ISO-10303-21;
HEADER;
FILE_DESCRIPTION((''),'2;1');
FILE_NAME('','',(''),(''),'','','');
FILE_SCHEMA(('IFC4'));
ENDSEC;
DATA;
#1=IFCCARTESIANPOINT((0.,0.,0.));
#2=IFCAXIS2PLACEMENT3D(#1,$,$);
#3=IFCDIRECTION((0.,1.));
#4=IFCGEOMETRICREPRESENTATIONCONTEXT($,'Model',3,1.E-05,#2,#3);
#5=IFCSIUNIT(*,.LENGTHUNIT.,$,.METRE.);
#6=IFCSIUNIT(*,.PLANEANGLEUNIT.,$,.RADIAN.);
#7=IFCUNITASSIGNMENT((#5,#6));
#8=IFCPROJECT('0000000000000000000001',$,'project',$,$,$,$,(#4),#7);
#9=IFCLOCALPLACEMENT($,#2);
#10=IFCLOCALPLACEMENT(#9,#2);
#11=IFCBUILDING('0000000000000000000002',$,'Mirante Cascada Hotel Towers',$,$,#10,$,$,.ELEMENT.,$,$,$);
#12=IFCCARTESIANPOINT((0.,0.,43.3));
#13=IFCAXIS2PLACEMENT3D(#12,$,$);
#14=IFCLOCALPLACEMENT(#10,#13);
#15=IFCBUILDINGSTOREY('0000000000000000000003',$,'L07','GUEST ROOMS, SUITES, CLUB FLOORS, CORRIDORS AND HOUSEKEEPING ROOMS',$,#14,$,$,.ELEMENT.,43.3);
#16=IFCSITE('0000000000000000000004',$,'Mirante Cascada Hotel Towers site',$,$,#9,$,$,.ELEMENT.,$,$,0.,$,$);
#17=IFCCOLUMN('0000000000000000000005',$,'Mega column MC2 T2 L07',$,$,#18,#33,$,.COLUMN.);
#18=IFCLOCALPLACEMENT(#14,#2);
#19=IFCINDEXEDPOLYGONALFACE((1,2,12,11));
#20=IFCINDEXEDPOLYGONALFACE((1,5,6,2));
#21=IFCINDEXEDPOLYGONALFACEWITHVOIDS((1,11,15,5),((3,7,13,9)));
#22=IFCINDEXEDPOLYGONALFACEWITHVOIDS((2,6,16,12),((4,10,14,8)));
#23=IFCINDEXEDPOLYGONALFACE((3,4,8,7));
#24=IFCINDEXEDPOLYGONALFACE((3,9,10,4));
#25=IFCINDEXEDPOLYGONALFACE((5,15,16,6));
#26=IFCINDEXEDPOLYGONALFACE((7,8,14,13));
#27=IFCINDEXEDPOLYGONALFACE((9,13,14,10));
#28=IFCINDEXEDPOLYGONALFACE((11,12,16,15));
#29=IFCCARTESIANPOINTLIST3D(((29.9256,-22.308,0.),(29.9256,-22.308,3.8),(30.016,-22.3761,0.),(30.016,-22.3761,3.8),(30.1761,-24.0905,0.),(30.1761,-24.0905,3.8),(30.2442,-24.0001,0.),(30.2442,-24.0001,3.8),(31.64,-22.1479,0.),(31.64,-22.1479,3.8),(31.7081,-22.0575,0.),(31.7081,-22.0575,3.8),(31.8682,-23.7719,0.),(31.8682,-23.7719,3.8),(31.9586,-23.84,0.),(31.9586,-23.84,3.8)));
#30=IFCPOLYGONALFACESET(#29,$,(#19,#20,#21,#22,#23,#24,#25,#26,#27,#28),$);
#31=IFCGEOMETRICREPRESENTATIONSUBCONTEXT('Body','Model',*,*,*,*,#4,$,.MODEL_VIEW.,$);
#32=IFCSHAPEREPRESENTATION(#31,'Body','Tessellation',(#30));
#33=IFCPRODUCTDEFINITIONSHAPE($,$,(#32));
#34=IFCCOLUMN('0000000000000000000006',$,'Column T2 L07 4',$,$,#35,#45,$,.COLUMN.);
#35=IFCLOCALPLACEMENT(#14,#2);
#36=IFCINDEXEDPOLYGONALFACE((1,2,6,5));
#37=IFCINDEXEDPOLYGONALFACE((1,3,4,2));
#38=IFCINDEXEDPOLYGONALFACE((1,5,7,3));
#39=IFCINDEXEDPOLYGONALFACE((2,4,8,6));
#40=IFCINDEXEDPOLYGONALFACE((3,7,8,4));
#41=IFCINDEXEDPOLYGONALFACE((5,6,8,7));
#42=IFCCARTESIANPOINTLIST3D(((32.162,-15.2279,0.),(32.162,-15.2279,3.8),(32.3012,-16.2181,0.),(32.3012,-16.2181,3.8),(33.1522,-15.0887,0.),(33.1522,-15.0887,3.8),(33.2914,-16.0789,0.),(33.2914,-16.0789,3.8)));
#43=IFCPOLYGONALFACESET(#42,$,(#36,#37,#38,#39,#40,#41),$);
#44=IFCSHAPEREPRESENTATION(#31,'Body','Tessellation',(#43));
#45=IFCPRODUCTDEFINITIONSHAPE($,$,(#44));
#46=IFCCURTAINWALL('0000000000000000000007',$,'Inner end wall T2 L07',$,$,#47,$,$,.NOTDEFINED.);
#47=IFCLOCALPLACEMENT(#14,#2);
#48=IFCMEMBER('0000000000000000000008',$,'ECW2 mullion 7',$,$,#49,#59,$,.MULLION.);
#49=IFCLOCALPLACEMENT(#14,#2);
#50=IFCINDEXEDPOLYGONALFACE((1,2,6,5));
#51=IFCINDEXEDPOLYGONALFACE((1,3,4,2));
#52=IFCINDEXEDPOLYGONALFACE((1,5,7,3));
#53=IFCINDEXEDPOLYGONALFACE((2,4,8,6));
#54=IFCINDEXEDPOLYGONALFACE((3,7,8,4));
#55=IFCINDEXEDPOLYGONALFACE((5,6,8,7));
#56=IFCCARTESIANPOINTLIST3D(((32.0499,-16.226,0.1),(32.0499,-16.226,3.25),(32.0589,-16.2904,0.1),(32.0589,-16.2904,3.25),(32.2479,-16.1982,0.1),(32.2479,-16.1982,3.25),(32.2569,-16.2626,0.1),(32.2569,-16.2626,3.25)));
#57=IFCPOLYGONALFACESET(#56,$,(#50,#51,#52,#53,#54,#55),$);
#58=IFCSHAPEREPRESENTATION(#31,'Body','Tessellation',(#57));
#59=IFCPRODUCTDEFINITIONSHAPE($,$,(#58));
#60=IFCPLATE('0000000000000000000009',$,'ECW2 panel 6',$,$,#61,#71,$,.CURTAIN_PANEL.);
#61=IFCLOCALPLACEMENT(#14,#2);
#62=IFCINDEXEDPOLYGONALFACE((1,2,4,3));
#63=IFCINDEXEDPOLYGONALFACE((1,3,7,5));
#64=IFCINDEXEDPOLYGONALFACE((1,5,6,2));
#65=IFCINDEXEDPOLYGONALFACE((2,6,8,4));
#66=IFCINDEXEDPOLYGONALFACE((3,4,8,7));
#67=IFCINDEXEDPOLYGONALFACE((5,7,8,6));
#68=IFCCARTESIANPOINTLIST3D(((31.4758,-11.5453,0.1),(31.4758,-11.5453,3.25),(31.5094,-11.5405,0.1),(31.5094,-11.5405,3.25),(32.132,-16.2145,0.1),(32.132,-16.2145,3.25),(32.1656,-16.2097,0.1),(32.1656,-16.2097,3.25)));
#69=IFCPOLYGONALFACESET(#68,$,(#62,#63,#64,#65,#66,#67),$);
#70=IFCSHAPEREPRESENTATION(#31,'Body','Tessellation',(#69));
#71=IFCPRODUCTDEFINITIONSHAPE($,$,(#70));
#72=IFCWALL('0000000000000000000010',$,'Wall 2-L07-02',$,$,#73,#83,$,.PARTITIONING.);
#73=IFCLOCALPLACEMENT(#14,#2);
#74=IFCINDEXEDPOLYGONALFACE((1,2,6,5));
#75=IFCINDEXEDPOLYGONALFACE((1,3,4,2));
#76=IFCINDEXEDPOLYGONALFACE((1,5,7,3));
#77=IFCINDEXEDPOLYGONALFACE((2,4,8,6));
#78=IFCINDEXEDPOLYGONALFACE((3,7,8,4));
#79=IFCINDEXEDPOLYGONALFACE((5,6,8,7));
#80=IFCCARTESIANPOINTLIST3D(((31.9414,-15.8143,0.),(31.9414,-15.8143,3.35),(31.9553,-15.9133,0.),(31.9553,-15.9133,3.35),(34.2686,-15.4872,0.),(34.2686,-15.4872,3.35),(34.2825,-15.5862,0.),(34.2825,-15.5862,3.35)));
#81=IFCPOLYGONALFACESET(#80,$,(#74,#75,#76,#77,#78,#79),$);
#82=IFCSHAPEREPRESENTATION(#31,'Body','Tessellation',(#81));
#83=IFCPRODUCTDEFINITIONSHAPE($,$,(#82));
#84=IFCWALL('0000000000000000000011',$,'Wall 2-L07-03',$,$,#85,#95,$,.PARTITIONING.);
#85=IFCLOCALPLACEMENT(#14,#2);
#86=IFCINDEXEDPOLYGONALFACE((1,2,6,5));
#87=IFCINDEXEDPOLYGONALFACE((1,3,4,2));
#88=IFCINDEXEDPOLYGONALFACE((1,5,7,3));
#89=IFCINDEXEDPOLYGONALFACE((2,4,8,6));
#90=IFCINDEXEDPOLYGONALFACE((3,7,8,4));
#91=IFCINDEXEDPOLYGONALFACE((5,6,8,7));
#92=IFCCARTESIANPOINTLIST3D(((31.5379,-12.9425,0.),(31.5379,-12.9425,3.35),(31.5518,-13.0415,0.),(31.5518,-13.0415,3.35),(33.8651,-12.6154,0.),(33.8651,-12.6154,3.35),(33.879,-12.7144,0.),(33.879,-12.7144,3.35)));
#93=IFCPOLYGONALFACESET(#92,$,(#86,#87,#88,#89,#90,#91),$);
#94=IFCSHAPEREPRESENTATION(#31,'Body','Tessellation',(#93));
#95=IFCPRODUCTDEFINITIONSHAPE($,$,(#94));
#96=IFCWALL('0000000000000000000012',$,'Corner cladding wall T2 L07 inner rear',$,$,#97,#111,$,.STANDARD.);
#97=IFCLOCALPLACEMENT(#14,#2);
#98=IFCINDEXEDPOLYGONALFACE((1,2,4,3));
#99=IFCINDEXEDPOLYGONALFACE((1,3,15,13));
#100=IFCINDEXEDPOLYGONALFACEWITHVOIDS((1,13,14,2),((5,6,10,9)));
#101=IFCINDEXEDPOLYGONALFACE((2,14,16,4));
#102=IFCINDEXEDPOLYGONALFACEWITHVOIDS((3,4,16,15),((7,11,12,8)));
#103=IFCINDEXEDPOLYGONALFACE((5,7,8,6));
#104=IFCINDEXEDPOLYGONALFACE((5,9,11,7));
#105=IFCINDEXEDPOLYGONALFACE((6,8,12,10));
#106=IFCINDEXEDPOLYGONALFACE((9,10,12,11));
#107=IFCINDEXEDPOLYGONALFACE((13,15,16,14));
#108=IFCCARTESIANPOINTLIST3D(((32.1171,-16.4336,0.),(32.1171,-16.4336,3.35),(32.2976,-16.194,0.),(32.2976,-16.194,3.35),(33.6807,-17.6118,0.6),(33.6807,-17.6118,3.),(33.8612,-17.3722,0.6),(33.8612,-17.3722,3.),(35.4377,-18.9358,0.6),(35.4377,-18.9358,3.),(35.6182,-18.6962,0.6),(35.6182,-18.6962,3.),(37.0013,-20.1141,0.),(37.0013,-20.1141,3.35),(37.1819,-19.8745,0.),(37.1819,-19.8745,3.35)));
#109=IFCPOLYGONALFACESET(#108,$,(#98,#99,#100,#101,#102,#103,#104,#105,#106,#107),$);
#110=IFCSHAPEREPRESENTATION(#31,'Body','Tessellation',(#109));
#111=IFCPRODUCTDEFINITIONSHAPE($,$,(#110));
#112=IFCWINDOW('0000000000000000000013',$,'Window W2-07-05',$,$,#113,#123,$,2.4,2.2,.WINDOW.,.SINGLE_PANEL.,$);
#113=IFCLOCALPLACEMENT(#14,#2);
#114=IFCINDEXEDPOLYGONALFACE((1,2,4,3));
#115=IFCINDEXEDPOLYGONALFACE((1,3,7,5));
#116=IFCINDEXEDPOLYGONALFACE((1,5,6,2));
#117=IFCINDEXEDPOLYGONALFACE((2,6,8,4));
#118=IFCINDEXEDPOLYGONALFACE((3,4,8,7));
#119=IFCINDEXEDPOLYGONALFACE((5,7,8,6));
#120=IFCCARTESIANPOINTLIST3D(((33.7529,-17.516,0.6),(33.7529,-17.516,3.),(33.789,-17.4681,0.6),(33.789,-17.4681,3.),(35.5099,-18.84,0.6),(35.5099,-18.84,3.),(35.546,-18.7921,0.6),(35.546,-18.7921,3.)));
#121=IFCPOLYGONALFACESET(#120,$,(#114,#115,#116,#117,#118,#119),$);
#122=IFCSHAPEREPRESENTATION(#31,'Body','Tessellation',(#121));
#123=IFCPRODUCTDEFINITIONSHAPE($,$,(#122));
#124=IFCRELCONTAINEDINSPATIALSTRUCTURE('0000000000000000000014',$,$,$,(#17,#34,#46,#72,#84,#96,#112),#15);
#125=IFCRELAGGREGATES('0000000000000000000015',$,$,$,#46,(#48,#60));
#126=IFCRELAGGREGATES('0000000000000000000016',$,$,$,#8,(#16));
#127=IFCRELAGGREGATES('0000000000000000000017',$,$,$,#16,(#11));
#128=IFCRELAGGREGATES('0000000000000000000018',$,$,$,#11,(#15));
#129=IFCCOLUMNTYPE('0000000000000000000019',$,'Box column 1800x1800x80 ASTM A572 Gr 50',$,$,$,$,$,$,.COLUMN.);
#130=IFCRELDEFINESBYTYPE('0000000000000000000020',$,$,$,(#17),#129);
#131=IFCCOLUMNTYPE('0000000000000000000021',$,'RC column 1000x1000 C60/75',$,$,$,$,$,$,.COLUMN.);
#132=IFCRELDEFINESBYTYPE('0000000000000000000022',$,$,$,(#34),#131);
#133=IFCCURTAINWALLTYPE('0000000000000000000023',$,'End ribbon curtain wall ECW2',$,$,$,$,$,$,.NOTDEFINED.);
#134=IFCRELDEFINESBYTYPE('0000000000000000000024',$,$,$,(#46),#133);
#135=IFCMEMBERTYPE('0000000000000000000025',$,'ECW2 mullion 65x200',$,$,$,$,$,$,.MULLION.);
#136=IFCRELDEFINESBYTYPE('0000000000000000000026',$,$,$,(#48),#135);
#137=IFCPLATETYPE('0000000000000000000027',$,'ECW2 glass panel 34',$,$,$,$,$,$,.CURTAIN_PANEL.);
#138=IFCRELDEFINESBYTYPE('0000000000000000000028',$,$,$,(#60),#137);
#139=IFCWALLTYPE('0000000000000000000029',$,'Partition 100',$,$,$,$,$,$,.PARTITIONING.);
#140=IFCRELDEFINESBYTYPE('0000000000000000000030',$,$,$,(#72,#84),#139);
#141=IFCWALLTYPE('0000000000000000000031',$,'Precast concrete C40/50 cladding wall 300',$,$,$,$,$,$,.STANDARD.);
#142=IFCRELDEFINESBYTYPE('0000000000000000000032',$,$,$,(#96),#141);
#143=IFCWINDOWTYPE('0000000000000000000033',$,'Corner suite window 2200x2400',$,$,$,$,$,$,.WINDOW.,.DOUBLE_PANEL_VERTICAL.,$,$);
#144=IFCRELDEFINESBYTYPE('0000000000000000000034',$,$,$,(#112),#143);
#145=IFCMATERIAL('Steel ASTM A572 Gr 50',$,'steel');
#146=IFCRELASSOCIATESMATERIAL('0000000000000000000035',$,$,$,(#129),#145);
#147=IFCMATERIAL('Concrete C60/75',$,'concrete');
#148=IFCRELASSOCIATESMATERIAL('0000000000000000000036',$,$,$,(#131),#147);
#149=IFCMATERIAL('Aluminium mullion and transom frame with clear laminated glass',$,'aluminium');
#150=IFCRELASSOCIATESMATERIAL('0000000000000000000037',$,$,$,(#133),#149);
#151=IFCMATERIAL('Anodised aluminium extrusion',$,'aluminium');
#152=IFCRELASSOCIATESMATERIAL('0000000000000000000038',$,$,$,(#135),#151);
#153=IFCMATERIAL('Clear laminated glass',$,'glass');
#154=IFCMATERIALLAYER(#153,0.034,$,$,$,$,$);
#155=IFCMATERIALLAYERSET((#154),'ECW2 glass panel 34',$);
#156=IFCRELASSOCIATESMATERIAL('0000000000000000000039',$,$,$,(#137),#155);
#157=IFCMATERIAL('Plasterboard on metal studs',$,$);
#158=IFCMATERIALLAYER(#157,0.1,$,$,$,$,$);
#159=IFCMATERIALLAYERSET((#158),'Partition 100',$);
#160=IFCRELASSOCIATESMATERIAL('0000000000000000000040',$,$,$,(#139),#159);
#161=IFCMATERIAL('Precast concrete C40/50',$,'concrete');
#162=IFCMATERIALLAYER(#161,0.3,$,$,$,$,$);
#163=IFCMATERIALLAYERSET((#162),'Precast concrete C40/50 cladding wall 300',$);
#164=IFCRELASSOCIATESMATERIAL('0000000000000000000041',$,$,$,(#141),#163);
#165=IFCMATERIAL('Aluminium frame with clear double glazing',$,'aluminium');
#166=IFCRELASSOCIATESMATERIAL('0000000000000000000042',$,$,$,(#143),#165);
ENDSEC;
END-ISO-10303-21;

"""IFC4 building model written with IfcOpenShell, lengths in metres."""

from ifc_helpers import new_model, si_unit, direction, frame, frame_2d, origin, origin_2d, place, context, subcontext, project, spatial, rectangle, hollow_rectangle, extrude, material, layer, layer_set, material_profile, profile_set, type_object, element, fill, aggregate, save


model = new_model("IFC4")

# Units and contexts
model_context = context("Model", 3, precision=1e-05, world=origin(), true_north=direction((0.0, 1.0)))
body_context = subcontext(model_context, "Body", "Model", "MODEL_VIEW")
ifc_project = project(units=[si_unit("LENGTHUNIT", "METRE"), si_unit("PLANEANGLEUNIT", "RADIAN")], contexts=[model_context])

# Site, building, storey
site_placement = place(None, origin())
site = spatial("IfcSite", under=ifc_project, at=site_placement, Name="Mirante Cascada Hotel Towers site", CompositionType="ELEMENT", RefElevation=0.0)
building_placement = place(site_placement, origin())
building = spatial("IfcBuilding", under=site, at=building_placement, Name="Mirante Cascada Hotel Towers", CompositionType="ELEMENT")
storey_placement = place(building_placement, frame((0.0, 0.0, 43.3)))
storey = spatial("IfcBuildingStorey", under=building, at=storey_placement, Name="L07", Description="GUEST ROOMS, SUITES, CLUB FLOORS, CORRIDORS AND HOUSEKEEPING ROOMS", CompositionType="ELEMENT", Elevation=43.3)

# Columns
ifc_material_1 = material(Name="Steel ASTM A572 Gr 50", Category="steel")
ifc_material_profile_1 = material_profile(ifc_material_1, hollow_rectangle(XDim=1.8, YDim=1.8, WallThickness=0.08, at=origin_2d()), Name="Box column 1800x1800x80 ASTM A572 Gr 50")
ifc_profile_set_1 = profile_set([ifc_material_profile_1], Name="Steel ASTM A572 Gr 50")
column_type_1 = type_object("IfcColumnType", Name="Box column 1800x1800x80 ASTM A572 Gr 50", PredefinedType="COLUMN", material=ifc_profile_set_1)
column_1_placement = place(storey_placement, frame((30.9421, -23.074, 0.0), z_axis=(0.0, 0.0, 1.0), x_axis=(0.990268, 0.139173, 0.0)))
element("IfcColumn", 1, at=column_1_placement, inside=storey, type_object=column_type_1, Name="Mega column MC2 T2 L07", PredefinedType="COLUMN", context=body_context, shape_type="SweptSolid", body=[
    extrude(hollow_rectangle(XDim=1.8, YDim=1.8, WallThickness=0.08, at=origin_2d()), origin(), (0.0, 0.0, 1.0), 3.8),
])
ifc_material_2 = material(Name="Concrete C60/75", Category="concrete")
ifc_material_profile_2 = material_profile(ifc_material_2, rectangle(XDim=1.0, YDim=1.0, at=origin_2d()), Name="RC column 1000x1000 C60/75")
ifc_profile_set_2 = profile_set([ifc_material_profile_2], Name="Concrete C60/75")
column_type_2 = type_object("IfcColumnType", Name="RC column 1000x1000 C60/75", PredefinedType="COLUMN", material=ifc_profile_set_2)
column_2_placement = place(storey_placement, frame((32.7267, -15.6534, 0.0), z_axis=(0.0, 0.0, 1.0), x_axis=(0.990268, 0.139173, 0.0)))
element("IfcColumn", 2, at=column_2_placement, inside=storey, type_object=column_type_2, Name="Column T2 L07 4", PredefinedType="COLUMN", context=body_context, shape_type="SweptSolid", body=[
    extrude(rectangle(XDim=1.0, YDim=1.0, at=origin_2d()), origin(), (0.0, 0.0, 1.0), 3.8),
])

# Curtain wall, member, plate
ifc_material_3 = material(Name="Aluminium mullion and transom frame with clear laminated glass", Category="aluminium")
curtain_wall_type = type_object("IfcCurtainWallType", Name="End ribbon curtain wall ECW2", PredefinedType="NOTDEFINED", material=ifc_material_3)
curtain_wall_placement = place(storey_placement, origin())
curtain_wall = element("IfcCurtainWall", 3, at=curtain_wall_placement, inside=storey, type_object=curtain_wall_type, Name="Inner end wall T2 L07", PredefinedType="NOTDEFINED")
ifc_material_4 = material(Name="Anodised aluminium extrusion", Category="aluminium")
ifc_material_profile_3 = material_profile(ifc_material_4, rectangle(XDim=0.2, YDim=0.065, at=origin_2d()), Name="ECW2 MULLION 65x200")
ifc_profile_set_3 = profile_set([ifc_material_profile_3], Name="Anodised aluminium extrusion")
member_type = type_object("IfcMemberType", Name="ECW2 mullion 65x200", PredefinedType="MULLION", material=ifc_profile_set_3)
member_placement = place(storey_placement, frame((32.1534, -16.2443, 0.1), z_axis=(0.0, 0.0, 1.0), x_axis=(0.990268, 0.139173, 0.0)))
member = element("IfcMember", 4, at=member_placement, type_object=member_type, Name="ECW2 mullion 7", PredefinedType="MULLION", context=body_context, shape_type="SweptSolid", body=[
    extrude(rectangle(XDim=0.2, YDim=0.065, at=origin_2d()), origin(), (0.0, 0.0, 1.0), 3.15),
])
ifc_material_5 = material(Name="Clear laminated glass", Category="glass")
ifc_layer_1 = layer(ifc_material_5, 0.034)
ifc_layer_set_1 = layer_set([ifc_layer_1], Name="ECW2 glass panel 34")
plate_type = type_object("IfcPlateType", Name="ECW2 glass panel 34", PredefinedType="CURTAIN_PANEL", material=ifc_layer_set_1)
plate_placement = place(storey_placement, frame((31.8207, -13.8775, 0.1), z_axis=(0.0, 0.0, 1.0), x_axis=(0.139173, -0.990268, 0.0)))
plate = element("IfcPlate", 5, at=plate_placement, type_object=plate_type, Name="ECW2 panel 6", PredefinedType="CURTAIN_PANEL", context=body_context, shape_type="SweptSolid", body=[
    extrude(rectangle(XDim=4.7151, YDim=0.034, at=origin_2d()), origin(), (0.0, 0.0, 1.0), 3.15),
])
aggregate(curtain_wall, [member, plate])

# Walls
ifc_material_6 = material(Name="Plasterboard on metal studs")
ifc_layer_2 = layer(ifc_material_6, 0.1)
ifc_layer_set_2 = layer_set([ifc_layer_2], Name="Partition 100")
wall_type_1 = type_object("IfcWallType", Name="Partition 100", PredefinedType="PARTITIONING", material=ifc_layer_set_2)
for number, where, z_axis, x_axis, name in (
    (6, (31.9484, -15.8638, 0.0), (0.0, 0.0, 1.0), (0.990266, 0.139187, 0.0), "Wall 2-L07-02"),
    (7, (33.872, -12.6649, 0.0), (0.0, 0.0, 1.0), (-0.990266, -0.139187, 0.0), "Wall 2-L07-03"),
):
    element("IfcWall", number, at=place(storey_placement, frame(where, z_axis=z_axis, x_axis=x_axis)), inside=storey, type_object=wall_type_1, Name=name, PredefinedType="PARTITIONING", context=body_context, shape_type="SweptSolid", body=[
        extrude(rectangle(XDim=2.3501, YDim=0.1, at=frame_2d((1.175, 0.0))), origin(), (0.0, 0.0, 1.0), 3.35),
    ])

# Wall, opening, window
ifc_material_7 = material(Name="Precast concrete C40/50", Category="concrete")
ifc_layer_3 = layer(ifc_material_7, 0.3)
ifc_layer_set_3 = layer_set([ifc_layer_3], Name="Precast concrete C40/50 cladding wall 300")
wall_type_2 = type_object("IfcWallType", Name="Precast concrete C40/50 cladding wall 300", PredefinedType="STANDARD", material=ifc_layer_set_3)
wall_placement = place(storey_placement, frame((32.2074, -16.3138, 0.0), z_axis=(0.0, 0.0, 1.0), x_axis=(0.798636, -0.601814, 0.0)))
wall = element("IfcWall", 8, at=wall_placement, inside=storey, type_object=wall_type_2, Name="Corner cladding wall T2 L07 inner rear", PredefinedType="STANDARD", context=body_context, shape_type="SweptSolid", body=[
    extrude(rectangle(XDim=6.1157, YDim=0.3, at=frame_2d((3.0578, 0.0))), origin(), (0.0, 0.0, 1.0), 3.35),
])
opening_placement = place(wall_placement, frame((1.9578, 0.0, 0.6)))
opening = element("IfcOpeningElement", 9, at=opening_placement, cuts=wall, PredefinedType="OPENING", context=body_context, shape_type="SweptSolid", body=[
    extrude(rectangle(XDim=2.2, YDim=2.4, at=frame_2d((1.1, 1.2))), frame((0.0, 0.15, 0.0), z_axis=(0.0, -1.0, 0.0), x_axis=(1.0, 0.0, 0.0)), (0.0, 0.0, 1.0), 0.3),
])
ifc_material_8 = material(Name="Aluminium frame with clear double glazing", Category="aluminium")
window_type = type_object("IfcWindowType", Name="Corner suite window 2200x2400", PartitioningType="DOUBLE_PANEL_VERTICAL", PredefinedType="WINDOW", material=ifc_material_8)
window_placement = place(opening_placement, origin())
window = element("IfcWindow", 10, at=window_placement, inside=storey, type_object=window_type, Name="Window W2-07-05", OverallHeight=2.4, OverallWidth=2.2, PartitioningType="SINGLE_PANEL", PredefinedType="WINDOW", context=body_context, shape_type="SweptSolid", body=[
    extrude(rectangle(XDim=2.2, YDim=2.4, at=frame_2d((1.1, 1.2))), frame((0.0, 0.03, 0.0), z_axis=(0.0, -1.0, 0.0), x_axis=(1.0, 0.0, 0.0)), (0.0, 0.0, 1.0), 0.06),
])
fill(opening, window)

save(model, "model.ifc")
